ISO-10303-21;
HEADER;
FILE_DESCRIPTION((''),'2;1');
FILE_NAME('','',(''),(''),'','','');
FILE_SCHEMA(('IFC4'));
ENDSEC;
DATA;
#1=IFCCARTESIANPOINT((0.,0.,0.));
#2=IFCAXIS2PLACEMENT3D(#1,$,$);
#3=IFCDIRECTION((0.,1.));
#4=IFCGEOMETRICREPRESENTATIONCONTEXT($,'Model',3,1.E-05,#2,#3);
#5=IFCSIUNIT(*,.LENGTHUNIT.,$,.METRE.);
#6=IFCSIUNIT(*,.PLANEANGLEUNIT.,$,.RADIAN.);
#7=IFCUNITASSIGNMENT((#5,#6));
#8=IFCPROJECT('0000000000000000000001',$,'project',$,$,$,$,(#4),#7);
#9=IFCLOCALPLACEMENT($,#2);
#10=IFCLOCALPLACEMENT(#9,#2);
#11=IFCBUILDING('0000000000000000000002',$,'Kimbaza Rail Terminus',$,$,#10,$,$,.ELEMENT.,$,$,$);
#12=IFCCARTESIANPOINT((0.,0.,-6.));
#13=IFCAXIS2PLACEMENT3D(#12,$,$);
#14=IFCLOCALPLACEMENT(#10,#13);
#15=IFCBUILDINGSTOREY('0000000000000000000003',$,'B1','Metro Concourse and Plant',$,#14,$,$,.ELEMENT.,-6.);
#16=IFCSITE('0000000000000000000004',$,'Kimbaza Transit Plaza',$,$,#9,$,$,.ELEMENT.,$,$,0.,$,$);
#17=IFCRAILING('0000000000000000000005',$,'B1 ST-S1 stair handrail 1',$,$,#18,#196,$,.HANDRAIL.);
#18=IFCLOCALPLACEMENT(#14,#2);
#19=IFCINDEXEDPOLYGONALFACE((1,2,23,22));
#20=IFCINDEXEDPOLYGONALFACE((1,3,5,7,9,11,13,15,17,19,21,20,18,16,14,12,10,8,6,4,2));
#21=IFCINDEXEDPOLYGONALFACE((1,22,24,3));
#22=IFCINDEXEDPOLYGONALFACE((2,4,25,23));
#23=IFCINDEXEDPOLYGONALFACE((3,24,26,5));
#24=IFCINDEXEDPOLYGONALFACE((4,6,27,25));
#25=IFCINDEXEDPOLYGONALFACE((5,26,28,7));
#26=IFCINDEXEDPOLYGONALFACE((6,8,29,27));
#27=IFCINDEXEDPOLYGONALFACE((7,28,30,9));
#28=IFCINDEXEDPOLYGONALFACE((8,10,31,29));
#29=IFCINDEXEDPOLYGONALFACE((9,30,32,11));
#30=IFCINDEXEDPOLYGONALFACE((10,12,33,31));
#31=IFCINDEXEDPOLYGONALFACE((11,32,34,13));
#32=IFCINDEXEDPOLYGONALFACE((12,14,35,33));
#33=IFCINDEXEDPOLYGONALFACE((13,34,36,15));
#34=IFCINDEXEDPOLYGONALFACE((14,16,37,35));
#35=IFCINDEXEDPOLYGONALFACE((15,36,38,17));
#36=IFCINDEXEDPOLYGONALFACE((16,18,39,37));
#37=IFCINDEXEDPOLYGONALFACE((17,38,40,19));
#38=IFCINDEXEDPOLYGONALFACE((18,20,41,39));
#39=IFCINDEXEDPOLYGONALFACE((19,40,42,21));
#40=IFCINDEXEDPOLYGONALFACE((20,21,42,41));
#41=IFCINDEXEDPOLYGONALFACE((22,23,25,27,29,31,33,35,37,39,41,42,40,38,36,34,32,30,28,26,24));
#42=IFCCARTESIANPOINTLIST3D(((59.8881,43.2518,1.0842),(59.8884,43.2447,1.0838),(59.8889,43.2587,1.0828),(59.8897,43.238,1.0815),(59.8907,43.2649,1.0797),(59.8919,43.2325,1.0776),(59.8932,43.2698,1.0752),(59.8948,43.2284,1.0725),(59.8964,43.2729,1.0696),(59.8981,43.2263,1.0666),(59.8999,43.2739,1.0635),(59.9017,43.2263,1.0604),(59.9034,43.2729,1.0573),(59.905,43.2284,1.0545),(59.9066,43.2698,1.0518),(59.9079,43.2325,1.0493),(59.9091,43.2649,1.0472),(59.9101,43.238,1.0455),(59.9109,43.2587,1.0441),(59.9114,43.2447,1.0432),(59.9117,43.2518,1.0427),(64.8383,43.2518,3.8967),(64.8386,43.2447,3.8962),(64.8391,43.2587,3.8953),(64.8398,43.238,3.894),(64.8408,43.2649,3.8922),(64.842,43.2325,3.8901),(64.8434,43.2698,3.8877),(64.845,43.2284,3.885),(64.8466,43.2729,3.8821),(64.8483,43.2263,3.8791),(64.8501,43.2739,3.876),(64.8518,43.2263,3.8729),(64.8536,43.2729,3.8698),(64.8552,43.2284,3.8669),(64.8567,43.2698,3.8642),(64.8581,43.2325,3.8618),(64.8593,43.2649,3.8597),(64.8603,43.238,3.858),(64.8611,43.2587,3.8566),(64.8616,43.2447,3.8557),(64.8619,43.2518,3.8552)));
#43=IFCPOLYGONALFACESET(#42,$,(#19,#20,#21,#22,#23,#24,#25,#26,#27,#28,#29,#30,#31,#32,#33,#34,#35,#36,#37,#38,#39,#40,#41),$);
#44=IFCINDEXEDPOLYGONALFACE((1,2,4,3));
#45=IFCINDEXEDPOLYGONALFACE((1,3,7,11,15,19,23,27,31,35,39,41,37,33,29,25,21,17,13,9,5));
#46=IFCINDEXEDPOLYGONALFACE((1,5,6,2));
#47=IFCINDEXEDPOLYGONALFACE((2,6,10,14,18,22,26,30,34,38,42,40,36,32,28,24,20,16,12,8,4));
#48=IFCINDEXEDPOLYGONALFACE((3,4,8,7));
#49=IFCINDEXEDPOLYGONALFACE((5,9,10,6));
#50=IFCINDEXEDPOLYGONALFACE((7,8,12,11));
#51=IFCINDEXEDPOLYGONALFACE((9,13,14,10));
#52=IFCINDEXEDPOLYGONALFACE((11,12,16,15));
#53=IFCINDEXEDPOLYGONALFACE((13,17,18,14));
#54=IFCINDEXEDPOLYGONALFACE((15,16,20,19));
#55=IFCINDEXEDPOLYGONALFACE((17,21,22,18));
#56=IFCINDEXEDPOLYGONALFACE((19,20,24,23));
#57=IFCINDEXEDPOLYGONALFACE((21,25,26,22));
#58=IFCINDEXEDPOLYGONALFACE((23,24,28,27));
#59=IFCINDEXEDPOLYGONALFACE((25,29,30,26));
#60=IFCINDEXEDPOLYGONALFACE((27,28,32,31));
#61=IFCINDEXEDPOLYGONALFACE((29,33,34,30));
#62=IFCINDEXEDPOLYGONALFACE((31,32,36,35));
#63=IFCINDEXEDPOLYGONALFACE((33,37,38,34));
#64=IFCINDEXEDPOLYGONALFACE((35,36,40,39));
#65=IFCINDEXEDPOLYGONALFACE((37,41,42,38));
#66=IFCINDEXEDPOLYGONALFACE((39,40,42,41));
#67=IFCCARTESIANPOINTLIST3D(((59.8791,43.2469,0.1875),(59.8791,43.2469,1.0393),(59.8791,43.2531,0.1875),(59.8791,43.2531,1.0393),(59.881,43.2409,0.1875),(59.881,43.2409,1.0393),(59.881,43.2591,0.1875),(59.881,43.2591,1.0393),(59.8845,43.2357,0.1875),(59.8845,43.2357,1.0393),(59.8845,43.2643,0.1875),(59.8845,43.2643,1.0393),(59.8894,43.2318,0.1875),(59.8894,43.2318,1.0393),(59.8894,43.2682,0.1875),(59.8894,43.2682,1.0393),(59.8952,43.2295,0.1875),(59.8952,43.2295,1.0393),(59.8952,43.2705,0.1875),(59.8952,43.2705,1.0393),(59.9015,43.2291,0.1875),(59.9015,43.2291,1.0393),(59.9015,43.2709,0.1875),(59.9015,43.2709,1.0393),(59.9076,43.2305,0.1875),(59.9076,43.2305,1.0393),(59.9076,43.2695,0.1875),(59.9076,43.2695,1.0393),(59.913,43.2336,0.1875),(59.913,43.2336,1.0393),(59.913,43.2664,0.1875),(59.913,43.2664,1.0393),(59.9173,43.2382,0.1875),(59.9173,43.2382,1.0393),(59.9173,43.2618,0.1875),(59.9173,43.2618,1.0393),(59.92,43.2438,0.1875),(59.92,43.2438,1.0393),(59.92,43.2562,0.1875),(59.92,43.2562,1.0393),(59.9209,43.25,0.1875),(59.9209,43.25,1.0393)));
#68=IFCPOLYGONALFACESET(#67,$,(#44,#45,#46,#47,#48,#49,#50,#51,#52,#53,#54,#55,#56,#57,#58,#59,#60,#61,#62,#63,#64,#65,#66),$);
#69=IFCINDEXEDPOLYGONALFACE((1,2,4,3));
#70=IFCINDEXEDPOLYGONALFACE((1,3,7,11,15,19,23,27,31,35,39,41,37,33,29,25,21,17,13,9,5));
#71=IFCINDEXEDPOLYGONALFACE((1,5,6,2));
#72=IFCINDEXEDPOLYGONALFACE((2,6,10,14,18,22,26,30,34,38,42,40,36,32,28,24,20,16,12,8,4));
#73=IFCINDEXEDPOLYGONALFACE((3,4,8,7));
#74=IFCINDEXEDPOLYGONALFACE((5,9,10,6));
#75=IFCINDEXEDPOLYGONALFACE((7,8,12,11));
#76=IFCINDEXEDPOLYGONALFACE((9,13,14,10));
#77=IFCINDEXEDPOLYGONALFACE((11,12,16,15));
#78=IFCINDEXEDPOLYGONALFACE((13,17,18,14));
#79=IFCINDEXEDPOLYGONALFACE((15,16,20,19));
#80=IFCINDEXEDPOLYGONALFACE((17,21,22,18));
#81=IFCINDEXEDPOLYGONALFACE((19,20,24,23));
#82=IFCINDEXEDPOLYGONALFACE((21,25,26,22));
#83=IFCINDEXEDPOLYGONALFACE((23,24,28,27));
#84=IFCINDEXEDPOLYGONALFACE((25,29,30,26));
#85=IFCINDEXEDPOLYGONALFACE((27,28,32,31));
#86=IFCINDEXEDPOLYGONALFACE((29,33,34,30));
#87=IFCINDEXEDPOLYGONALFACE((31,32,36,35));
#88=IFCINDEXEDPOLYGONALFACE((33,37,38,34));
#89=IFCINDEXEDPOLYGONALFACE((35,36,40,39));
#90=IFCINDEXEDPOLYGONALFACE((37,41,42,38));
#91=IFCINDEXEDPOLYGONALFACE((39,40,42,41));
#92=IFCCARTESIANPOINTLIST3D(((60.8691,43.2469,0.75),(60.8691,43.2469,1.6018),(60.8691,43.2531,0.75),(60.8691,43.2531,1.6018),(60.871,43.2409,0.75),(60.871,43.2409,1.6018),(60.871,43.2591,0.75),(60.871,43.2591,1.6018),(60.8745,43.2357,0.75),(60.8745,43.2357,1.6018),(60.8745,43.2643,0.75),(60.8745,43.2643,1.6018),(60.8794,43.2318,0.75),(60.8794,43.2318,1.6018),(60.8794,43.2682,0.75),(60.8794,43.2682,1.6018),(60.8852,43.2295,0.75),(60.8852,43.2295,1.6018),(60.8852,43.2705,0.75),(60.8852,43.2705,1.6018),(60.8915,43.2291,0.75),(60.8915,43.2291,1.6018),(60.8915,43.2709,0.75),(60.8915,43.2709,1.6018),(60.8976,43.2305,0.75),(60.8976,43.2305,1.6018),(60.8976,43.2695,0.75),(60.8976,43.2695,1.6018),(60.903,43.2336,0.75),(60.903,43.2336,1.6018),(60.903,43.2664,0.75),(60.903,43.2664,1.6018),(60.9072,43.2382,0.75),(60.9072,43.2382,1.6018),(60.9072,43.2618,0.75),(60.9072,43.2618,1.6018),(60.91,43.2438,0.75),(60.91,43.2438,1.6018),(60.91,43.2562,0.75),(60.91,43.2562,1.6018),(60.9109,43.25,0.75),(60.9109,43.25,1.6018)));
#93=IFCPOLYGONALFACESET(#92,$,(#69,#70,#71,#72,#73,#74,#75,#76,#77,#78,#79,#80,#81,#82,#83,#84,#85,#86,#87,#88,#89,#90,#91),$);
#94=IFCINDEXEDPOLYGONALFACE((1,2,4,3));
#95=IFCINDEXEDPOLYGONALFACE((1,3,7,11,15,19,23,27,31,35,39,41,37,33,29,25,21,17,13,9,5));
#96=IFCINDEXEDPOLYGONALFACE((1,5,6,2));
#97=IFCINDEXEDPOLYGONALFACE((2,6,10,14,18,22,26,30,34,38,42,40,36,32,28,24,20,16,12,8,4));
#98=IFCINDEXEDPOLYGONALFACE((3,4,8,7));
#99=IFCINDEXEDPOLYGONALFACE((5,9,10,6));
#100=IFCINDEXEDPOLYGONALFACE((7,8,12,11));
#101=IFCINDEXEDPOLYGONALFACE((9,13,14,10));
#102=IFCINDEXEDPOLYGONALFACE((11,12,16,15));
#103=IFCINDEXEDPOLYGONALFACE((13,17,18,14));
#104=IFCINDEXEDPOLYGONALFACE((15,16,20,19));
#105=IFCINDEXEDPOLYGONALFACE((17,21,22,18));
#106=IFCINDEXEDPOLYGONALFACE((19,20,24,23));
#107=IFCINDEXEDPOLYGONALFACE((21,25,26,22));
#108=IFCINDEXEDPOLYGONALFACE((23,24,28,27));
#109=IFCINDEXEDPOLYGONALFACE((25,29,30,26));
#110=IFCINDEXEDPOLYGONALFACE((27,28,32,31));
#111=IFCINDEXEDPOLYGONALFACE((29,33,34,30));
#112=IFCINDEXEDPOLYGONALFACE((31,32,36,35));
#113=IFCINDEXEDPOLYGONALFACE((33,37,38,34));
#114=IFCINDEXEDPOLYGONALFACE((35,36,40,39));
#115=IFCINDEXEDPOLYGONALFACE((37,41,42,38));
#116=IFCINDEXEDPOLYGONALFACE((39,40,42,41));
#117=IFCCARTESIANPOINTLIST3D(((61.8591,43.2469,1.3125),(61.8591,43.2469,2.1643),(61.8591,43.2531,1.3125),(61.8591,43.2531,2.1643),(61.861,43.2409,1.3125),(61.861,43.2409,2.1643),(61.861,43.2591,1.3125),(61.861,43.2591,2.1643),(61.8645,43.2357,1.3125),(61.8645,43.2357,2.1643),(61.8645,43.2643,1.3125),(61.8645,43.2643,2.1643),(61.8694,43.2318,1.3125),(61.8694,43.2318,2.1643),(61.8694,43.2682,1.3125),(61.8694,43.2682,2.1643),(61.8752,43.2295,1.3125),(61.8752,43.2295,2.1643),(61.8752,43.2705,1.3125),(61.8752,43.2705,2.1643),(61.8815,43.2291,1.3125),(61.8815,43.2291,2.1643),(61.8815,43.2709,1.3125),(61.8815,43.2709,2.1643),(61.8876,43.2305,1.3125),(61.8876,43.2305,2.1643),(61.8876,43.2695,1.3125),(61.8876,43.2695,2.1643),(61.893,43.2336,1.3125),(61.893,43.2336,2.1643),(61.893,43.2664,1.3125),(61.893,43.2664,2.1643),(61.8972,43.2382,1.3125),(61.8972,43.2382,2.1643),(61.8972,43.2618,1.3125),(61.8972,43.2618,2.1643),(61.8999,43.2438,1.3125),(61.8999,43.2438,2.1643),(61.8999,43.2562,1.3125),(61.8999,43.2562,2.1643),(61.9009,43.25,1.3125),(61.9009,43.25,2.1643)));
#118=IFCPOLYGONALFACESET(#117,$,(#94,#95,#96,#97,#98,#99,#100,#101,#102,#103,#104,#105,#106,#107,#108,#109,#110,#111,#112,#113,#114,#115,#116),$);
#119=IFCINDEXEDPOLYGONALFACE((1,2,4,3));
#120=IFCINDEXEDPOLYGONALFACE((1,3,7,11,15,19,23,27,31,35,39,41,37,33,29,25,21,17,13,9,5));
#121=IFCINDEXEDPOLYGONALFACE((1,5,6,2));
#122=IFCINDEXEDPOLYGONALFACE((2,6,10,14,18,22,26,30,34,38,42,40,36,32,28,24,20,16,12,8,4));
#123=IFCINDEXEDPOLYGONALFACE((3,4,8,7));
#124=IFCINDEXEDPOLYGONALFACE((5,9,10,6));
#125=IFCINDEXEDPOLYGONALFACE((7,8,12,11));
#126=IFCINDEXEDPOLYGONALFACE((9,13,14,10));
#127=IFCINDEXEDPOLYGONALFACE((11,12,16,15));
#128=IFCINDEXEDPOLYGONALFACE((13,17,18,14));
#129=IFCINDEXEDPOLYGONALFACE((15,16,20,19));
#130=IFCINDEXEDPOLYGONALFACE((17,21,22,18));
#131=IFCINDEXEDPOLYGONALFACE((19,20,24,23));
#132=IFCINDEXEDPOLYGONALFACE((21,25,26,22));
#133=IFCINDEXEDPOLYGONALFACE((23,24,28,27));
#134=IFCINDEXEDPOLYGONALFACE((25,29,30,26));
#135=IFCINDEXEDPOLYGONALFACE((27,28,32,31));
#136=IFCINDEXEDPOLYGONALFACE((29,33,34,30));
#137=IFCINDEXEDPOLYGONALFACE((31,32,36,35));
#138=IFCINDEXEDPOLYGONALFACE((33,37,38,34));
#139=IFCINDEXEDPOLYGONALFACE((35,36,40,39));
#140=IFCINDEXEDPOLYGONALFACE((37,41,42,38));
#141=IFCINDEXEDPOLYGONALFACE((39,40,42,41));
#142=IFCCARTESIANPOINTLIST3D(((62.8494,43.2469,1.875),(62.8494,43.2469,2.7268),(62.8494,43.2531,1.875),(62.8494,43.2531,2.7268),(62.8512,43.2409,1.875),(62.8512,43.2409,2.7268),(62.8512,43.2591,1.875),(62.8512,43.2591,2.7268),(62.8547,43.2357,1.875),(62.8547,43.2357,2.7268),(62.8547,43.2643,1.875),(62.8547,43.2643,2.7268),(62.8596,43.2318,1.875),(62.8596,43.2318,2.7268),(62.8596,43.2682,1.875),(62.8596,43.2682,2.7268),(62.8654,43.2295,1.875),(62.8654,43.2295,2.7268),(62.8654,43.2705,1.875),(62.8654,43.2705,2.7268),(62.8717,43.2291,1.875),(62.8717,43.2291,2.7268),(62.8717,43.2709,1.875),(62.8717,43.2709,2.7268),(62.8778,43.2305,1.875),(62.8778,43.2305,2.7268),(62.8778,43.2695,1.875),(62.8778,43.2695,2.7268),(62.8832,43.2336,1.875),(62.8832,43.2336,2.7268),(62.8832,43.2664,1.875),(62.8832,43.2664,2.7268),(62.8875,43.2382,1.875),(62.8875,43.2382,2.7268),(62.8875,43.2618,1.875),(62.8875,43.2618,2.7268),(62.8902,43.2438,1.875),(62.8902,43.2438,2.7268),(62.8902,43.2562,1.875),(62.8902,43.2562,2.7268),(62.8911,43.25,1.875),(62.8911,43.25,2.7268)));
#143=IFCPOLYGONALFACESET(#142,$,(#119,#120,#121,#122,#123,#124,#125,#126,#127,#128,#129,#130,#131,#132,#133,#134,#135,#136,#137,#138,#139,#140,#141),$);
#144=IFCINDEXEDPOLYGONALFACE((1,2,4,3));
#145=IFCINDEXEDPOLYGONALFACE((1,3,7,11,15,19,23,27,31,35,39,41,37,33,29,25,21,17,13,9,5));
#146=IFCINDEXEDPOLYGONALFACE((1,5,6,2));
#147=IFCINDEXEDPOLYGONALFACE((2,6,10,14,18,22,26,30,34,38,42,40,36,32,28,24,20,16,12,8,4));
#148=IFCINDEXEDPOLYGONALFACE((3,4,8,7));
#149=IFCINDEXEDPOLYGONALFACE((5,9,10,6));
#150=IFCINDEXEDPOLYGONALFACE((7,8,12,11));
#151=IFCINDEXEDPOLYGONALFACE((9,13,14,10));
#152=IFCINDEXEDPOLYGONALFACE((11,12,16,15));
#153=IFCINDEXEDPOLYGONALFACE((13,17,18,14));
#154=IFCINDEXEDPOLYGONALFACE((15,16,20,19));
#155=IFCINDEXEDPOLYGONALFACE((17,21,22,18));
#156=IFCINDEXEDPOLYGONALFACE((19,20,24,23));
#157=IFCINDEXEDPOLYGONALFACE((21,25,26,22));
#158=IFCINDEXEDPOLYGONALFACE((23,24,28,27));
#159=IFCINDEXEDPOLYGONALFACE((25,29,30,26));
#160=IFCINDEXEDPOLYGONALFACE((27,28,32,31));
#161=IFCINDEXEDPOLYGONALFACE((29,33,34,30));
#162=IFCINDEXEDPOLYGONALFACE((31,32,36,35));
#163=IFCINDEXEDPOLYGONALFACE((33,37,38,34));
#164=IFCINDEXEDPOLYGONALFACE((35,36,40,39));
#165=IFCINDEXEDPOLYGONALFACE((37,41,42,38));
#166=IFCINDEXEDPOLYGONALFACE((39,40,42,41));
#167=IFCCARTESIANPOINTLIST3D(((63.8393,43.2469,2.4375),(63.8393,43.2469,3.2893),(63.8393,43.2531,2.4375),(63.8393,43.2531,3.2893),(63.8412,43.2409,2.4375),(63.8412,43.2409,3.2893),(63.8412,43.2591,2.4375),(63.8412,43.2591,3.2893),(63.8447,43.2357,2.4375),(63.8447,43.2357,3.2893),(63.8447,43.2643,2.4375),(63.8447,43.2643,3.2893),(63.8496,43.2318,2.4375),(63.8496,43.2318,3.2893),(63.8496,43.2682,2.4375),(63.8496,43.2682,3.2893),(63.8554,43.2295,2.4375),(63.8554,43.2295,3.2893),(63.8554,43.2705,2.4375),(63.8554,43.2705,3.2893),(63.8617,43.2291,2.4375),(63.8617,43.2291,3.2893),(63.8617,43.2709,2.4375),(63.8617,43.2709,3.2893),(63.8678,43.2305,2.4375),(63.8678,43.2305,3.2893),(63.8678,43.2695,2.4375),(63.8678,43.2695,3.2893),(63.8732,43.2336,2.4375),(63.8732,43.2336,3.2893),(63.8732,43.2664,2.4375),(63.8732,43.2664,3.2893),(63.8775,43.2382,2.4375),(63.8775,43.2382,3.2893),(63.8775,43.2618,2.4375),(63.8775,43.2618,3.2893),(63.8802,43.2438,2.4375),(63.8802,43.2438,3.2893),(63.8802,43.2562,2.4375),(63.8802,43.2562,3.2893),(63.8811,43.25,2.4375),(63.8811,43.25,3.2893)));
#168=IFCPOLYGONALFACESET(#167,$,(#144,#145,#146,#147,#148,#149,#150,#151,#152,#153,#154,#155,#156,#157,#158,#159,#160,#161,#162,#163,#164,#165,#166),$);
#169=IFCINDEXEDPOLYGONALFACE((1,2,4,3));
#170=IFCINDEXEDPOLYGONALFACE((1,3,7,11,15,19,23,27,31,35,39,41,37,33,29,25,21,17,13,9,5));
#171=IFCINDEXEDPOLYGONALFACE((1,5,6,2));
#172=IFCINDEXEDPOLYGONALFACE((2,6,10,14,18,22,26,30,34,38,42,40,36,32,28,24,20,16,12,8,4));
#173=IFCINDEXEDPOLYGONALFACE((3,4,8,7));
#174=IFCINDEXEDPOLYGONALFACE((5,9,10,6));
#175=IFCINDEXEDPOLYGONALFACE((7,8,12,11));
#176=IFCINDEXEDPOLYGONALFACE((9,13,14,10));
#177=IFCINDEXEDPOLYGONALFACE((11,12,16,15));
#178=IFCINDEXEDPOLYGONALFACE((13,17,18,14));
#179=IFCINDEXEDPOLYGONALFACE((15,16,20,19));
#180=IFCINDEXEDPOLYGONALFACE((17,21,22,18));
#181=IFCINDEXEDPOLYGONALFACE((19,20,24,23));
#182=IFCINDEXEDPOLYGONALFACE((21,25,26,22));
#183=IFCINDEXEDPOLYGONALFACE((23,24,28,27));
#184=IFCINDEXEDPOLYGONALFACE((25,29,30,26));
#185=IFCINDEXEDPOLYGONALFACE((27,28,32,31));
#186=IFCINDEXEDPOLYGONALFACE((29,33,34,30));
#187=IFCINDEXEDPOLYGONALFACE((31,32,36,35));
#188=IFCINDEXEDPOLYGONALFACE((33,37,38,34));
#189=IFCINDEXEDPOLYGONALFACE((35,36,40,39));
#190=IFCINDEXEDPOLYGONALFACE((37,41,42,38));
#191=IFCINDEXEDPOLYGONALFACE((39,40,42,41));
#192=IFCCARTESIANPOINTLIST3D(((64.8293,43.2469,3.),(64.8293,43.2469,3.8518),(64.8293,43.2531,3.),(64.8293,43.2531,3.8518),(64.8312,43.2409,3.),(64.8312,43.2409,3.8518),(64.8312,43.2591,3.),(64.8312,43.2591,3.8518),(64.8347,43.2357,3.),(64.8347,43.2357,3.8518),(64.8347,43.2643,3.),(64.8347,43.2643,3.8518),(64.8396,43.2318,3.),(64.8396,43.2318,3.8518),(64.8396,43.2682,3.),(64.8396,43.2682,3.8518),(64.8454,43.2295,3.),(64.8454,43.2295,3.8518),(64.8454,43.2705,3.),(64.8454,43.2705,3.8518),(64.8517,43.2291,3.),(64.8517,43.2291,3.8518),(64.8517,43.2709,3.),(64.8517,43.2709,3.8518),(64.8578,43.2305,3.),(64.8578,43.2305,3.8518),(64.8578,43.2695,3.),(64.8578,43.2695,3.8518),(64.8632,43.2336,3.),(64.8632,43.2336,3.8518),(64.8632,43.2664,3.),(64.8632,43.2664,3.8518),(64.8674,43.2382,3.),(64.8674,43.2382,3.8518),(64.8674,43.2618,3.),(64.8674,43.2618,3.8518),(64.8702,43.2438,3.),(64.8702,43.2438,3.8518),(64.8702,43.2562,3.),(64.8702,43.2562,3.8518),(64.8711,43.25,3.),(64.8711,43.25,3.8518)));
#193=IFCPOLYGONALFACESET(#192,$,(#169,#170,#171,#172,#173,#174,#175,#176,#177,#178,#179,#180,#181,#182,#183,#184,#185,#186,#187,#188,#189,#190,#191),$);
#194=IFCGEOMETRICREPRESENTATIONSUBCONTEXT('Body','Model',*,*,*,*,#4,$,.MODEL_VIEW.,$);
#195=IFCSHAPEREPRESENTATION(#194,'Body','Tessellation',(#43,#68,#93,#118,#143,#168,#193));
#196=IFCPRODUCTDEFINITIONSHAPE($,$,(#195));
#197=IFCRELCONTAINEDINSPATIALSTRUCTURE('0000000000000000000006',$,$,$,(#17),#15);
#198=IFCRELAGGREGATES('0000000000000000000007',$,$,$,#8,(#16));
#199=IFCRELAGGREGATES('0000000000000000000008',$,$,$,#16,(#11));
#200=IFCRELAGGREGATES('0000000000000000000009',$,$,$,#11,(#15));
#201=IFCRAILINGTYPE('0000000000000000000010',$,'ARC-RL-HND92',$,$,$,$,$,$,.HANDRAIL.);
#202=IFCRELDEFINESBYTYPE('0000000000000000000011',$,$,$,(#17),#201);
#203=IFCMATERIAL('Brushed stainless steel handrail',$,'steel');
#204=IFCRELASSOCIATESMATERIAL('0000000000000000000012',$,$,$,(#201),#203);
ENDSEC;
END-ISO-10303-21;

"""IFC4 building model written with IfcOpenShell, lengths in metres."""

from ifc_helpers import new_model, si_unit, direction, frame, origin, origin_2d, place, context, subcontext, project, spatial, circle, extrude, material, type_object, element, save


model = new_model("IFC4")

# Units and contexts
model_context = context("Model", 3, precision=1e-05, world=origin(), true_north=direction((0.0, 1.0)))
body_context = subcontext(model_context, "Body", "Model", "MODEL_VIEW")
ifc_project = project(units=[si_unit("LENGTHUNIT", "METRE"), si_unit("PLANEANGLEUNIT", "RADIAN")], contexts=[model_context])

# Site, building, storey
site_placement = place(None, origin())
site = spatial("IfcSite", under=ifc_project, at=site_placement, Name="Kimbaza Transit Plaza", CompositionType="ELEMENT", RefElevation=0.0)
building_placement = place(site_placement, origin())
building = spatial("IfcBuilding", under=site, at=building_placement, Name="Kimbaza Rail Terminus", CompositionType="ELEMENT")
storey_placement = place(building_placement, frame((0.0, 0.0, -6.0)))
storey = spatial("IfcBuildingStorey", under=building, at=storey_placement, Name="B1", Description="Metro Concourse and Plant", CompositionType="ELEMENT", Elevation=-6.0)

# Railing
ifc_material_1 = material(Name="Brushed stainless steel handrail", Category="steel")
railing_type_1 = type_object("IfcRailingType", Name="ARC-RL-HND92", PredefinedType="HANDRAIL", material=ifc_material_1)
railing_1_placement = place(storey_placement, frame((59.8999, 43.25, 0.1875)))
element("IfcRailing", 1, at=railing_1_placement, inside=storey, type_object=railing_type_1, Name="B1 ST-S1 stair handrail 1", PredefinedType="HANDRAIL", context=body_context, shape_type="SweptSolid", body=[
    extrude(circle(Radius=0.0239, at=origin_2d()), frame((0.0, 0.0, 0.876), z_axis=(0.869465, 0.0, 0.493995), x_axis=(0.0, 1.0, 0.0)), (0.0, 0.0, 1.0), 5.6934),
    extrude(circle(Radius=0.021, at=origin_2d()), origin(), (0.0, 0.0, 1.0), 0.8518),
    extrude(circle(Radius=0.021, at=origin_2d()), frame((0.99, 0.0, 0.5625)), (0.0, 0.0, 1.0), 0.8518),
    extrude(circle(Radius=0.021, at=origin_2d()), frame((1.98, 0.0, 1.125)), (0.0, 0.0, 1.0), 0.8518),
    extrude(circle(Radius=0.021, at=origin_2d()), frame((2.9702, 0.0, 1.6875)), (0.0, 0.0, 1.0), 0.8518),
    extrude(circle(Radius=0.021, at=origin_2d()), frame((3.9602, 0.0, 2.25)), (0.0, 0.0, 1.0), 0.8518),
    extrude(circle(Radius=0.021, at=origin_2d()), frame((4.9502, 0.0, 2.8125)), (0.0, 0.0, 1.0), 0.8518),
])

save(model, "model.ifc")
